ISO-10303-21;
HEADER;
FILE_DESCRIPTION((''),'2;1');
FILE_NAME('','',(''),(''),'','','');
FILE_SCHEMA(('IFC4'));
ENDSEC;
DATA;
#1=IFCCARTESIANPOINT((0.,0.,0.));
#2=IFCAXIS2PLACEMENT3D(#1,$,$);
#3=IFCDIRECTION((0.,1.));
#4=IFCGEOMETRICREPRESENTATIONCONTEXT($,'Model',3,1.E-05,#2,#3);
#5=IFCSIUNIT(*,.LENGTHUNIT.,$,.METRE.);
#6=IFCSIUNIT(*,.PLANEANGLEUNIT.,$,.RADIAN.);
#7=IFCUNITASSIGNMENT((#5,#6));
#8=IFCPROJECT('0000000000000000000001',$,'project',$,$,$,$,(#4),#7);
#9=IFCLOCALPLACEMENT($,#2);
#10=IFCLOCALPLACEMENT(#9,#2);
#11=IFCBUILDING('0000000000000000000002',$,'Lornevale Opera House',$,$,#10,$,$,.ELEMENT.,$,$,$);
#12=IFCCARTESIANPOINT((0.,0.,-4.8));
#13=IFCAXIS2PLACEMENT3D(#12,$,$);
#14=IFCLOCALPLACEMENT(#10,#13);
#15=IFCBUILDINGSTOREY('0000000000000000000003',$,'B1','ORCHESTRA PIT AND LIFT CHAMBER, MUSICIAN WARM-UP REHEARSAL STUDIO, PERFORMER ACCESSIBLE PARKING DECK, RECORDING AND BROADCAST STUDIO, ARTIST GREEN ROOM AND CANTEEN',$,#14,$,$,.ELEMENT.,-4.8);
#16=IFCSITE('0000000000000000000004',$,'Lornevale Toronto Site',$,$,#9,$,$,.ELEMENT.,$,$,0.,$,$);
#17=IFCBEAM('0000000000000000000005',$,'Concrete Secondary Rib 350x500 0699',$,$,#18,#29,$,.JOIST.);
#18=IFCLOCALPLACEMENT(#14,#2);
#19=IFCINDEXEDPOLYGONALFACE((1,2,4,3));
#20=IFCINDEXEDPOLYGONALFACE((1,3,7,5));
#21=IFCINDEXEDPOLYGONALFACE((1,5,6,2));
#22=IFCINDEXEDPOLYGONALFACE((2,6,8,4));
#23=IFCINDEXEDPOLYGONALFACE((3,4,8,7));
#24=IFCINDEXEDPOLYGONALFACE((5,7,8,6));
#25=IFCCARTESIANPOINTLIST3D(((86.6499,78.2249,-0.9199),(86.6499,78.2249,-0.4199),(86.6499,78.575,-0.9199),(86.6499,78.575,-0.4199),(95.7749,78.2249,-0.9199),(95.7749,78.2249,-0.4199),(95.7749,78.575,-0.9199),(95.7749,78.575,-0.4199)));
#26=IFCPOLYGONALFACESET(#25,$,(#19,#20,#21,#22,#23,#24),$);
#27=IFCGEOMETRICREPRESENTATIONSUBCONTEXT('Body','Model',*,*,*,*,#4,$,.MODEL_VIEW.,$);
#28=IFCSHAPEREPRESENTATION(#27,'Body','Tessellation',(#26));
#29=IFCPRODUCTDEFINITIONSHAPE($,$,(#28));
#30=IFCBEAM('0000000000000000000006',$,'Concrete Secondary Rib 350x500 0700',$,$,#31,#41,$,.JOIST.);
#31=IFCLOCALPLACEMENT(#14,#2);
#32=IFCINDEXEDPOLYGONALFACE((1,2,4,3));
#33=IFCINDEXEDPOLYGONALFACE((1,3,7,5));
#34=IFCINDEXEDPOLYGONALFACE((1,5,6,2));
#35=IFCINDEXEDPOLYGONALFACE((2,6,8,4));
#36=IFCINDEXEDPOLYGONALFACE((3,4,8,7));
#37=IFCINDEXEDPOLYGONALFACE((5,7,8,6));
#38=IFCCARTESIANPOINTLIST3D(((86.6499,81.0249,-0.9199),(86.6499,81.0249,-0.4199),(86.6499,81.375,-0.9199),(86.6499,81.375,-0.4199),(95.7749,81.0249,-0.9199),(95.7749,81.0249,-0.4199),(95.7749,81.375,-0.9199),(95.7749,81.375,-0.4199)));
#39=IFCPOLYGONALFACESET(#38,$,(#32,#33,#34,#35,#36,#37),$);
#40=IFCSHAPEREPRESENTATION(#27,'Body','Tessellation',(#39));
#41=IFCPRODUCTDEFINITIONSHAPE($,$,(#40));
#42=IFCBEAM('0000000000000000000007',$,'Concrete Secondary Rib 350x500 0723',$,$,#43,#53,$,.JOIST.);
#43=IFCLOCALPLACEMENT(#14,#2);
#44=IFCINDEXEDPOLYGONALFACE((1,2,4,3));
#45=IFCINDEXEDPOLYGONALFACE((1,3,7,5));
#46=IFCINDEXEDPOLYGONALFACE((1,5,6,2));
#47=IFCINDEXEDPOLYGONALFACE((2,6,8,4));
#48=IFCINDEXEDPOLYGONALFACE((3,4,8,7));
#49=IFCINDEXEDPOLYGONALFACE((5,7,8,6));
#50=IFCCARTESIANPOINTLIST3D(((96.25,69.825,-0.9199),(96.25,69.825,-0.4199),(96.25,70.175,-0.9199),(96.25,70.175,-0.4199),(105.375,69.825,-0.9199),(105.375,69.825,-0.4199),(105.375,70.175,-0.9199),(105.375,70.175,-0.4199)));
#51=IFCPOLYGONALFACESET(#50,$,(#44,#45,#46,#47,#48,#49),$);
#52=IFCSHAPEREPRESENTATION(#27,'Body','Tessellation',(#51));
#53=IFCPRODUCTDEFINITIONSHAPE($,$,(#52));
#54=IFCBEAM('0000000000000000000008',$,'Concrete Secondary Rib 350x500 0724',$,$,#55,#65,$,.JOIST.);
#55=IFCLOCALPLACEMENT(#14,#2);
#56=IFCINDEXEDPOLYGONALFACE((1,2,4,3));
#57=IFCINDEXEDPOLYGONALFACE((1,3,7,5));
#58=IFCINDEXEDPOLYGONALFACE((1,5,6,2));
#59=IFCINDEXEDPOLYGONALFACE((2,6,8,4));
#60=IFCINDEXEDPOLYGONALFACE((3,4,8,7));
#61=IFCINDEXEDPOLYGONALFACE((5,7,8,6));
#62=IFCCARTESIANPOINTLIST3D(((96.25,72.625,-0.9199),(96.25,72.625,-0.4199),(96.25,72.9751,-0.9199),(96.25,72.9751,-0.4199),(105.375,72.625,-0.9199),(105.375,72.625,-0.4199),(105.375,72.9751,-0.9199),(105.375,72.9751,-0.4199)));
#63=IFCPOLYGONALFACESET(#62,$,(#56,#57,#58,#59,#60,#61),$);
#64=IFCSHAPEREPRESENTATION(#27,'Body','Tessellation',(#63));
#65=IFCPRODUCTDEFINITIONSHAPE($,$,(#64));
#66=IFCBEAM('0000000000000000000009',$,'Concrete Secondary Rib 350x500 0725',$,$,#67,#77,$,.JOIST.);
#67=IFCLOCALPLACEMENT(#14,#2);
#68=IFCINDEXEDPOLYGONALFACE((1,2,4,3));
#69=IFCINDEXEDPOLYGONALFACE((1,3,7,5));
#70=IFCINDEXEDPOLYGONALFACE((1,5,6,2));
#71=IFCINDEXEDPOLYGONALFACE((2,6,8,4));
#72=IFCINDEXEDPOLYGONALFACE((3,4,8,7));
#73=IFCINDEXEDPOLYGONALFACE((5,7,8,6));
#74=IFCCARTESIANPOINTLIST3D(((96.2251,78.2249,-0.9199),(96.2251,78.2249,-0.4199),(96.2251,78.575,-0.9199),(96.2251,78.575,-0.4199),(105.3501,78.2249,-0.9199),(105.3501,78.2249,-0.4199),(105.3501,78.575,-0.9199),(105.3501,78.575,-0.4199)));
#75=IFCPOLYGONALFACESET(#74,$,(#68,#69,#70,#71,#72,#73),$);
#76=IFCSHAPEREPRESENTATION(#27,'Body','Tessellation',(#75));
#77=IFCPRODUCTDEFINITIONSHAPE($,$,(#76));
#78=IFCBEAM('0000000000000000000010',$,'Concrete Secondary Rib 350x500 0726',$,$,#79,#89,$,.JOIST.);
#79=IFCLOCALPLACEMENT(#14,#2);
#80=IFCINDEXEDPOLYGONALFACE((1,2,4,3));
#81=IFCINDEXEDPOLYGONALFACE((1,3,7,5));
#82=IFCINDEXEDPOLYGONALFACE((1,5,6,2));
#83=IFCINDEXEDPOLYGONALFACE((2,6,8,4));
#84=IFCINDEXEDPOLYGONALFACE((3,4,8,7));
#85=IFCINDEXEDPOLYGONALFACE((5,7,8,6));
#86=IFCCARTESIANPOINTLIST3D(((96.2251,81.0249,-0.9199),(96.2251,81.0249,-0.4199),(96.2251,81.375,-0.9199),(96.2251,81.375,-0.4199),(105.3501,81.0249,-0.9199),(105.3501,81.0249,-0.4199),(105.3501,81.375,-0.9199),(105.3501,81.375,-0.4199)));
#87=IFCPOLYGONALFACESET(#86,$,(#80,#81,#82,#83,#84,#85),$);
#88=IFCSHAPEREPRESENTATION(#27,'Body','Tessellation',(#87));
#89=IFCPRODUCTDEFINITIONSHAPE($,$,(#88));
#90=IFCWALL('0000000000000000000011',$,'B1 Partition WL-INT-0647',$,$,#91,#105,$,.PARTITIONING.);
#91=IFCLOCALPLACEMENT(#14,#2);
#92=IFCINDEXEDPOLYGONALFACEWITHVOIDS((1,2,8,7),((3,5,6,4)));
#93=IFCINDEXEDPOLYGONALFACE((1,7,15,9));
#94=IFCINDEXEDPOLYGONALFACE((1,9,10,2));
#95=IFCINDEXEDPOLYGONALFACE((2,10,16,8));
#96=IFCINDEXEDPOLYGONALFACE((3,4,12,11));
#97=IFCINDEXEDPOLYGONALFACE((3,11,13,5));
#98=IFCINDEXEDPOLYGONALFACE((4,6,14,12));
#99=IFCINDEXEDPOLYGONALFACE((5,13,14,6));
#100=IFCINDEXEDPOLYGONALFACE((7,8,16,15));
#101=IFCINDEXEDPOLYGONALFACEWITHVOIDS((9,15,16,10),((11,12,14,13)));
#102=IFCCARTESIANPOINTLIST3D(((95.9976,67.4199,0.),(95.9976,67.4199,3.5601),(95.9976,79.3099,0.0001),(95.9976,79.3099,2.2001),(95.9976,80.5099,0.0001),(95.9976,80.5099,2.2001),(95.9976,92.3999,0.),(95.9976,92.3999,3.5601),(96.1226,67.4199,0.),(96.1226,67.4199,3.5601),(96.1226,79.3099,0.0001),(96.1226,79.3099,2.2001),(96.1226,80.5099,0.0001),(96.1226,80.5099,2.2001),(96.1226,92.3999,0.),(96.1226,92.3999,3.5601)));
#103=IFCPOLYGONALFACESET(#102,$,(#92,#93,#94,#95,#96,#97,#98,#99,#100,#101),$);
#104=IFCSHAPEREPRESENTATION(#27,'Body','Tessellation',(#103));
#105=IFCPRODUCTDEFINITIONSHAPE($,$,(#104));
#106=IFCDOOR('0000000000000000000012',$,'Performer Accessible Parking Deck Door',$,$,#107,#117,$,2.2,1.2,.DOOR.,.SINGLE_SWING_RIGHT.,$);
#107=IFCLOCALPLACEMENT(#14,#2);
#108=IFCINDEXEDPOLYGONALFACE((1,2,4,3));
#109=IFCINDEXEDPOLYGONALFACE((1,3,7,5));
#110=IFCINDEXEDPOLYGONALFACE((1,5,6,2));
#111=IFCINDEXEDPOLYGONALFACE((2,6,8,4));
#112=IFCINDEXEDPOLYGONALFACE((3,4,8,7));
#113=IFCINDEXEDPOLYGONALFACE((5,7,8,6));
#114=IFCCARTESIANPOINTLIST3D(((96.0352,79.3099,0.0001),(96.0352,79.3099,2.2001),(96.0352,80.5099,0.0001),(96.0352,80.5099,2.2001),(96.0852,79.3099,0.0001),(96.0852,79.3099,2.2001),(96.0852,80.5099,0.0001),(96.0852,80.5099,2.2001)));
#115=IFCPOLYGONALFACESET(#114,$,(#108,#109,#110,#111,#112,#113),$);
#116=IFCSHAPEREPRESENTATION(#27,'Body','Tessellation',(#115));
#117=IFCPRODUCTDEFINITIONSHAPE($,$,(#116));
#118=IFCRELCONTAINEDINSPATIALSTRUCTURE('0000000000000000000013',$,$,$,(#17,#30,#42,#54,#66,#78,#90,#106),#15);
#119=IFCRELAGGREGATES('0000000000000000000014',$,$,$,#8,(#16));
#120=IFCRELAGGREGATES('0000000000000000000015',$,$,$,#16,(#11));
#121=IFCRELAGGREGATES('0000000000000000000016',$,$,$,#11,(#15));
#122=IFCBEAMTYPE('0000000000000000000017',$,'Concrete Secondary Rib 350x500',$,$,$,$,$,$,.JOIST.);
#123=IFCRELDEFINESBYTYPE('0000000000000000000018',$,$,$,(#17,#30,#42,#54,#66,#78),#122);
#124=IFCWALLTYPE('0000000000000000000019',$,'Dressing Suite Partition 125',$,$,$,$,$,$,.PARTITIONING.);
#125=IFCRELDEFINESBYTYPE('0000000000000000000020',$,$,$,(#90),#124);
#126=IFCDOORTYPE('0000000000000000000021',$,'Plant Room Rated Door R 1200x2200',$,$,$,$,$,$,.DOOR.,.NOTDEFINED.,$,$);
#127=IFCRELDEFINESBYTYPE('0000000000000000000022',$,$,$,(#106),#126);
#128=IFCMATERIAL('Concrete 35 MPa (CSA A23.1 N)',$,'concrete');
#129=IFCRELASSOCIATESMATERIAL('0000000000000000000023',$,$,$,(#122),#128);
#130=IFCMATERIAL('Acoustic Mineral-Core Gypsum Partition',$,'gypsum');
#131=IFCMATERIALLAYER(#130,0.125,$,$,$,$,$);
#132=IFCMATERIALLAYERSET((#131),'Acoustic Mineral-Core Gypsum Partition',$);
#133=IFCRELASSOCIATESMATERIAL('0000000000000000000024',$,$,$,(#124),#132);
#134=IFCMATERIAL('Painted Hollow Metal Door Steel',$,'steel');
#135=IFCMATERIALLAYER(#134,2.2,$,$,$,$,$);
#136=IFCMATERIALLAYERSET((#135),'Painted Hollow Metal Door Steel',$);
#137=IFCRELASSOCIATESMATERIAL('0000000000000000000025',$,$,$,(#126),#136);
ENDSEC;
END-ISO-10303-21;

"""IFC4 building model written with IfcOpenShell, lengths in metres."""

from ifc_helpers import new_model, si_unit, direction, frame, frame_2d, origin, origin_2d, place, context, subcontext, project, spatial, rectangle, extrude, material, layer, layer_set, material_profile, profile_set, type_object, element, fill, save


model = new_model("IFC4")

# Units and contexts
model_context = context("Model", 3, precision=1e-05, world=origin(), true_north=direction((0.0, 1.0)))
body_context = subcontext(model_context, "Body", "Model", "MODEL_VIEW")
ifc_project = project(units=[si_unit("LENGTHUNIT", "METRE"), si_unit("PLANEANGLEUNIT", "RADIAN")], contexts=[model_context])

# Site, building, storey
site_placement = place(None, origin())
site = spatial("IfcSite", under=ifc_project, at=site_placement, Name="Lornevale Toronto Site", CompositionType="ELEMENT", RefElevation=0.0)
building_placement = place(site_placement, origin())
building = spatial("IfcBuilding", under=site, at=building_placement, Name="Lornevale Opera House", CompositionType="ELEMENT")
storey_placement = place(building_placement, frame((0.0, 0.0, -4.8)))
storey = spatial("IfcBuildingStorey", under=building, at=storey_placement, Name="B1", Description="ORCHESTRA PIT AND LIFT CHAMBER, MUSICIAN WARM-UP REHEARSAL STUDIO, PERFORMER ACCESSIBLE PARKING DECK, RECORDING AND BROADCAST STUDIO, ARTIST GREEN ROOM AND CANTEEN", CompositionType="ELEMENT", Elevation=-4.8)

# Beams
ifc_material_1 = material(Name="Concrete 35 MPa (CSA A23.1 N)", Category="concrete")
ifc_material_profile_1 = material_profile(ifc_material_1, rectangle(XDim=0.3501, YDim=0.5, at=origin_2d()), Name="RC350x500")
ifc_profile_set_1 = profile_set([ifc_material_profile_1], Name="Concrete 35 MPa (CSA A23.1 N)")
beam_type_1 = type_object("IfcBeamType", Name="Concrete Secondary Rib 350x500", PredefinedType="JOIST", material=ifc_profile_set_1)
for number, where, z_axis, x_axis, name in (
    (1, (86.6499, 78.3999, -0.6699), (1.0, 0.0, 0.0), (0.0, 1.0, 0.0), "Concrete Secondary Rib 350x500 0699"),
    (2, (86.6499, 81.2, -0.6699), (1.0, 0.0, 0.0), (0.0, 1.0, 0.0), "Concrete Secondary Rib 350x500 0700"),
    (3, (96.25, 70.0, -0.6699), (1.0, 0.0, 0.0), (0.0, 1.0, 0.0), "Concrete Secondary Rib 350x500 0723"),
    (4, (96.25, 72.8, -0.6699), (1.0, 0.0, 0.0), (0.0, 1.0, 0.0), "Concrete Secondary Rib 350x500 0724"),
    (5, (96.2251, 78.3999, -0.6699), (1.0, 0.0, 0.0), (0.0, 1.0, 0.0), "Concrete Secondary Rib 350x500 0725"),
    (6, (96.2251, 81.2, -0.6699), (1.0, 0.0, 0.0), (0.0, 1.0, 0.0), "Concrete Secondary Rib 350x500 0726"),
):
    element("IfcBeam", number, at=place(storey_placement, frame(where, z_axis=z_axis, x_axis=x_axis)), inside=storey, type_object=beam_type_1, Name=name, PredefinedType="JOIST", context=body_context, shape_type="SweptSolid", body=[
        extrude(rectangle(XDim=0.3501, YDim=0.5, at=origin_2d()), origin(), (0.0, 0.0, 1.0), 9.125),
    ])

# Wall, opening, door
ifc_material_2 = material(Name="Acoustic Mineral-Core Gypsum Partition", Category="gypsum")
ifc_layer_1 = layer(ifc_material_2, 0.125)
ifc_layer_set_1 = layer_set([ifc_layer_1], Name="Acoustic Mineral-Core Gypsum Partition")
wall_type = type_object("IfcWallType", Name="Dressing Suite Partition 125", PredefinedType="PARTITIONING", material=ifc_layer_set_1)
wall_placement = place(storey_placement, frame((96.0601, 67.4199, 0.0), z_axis=(0.0, 0.0, 1.0), x_axis=(0.0, 1.0, 0.0)))
wall = element("IfcWall", 7, at=wall_placement, inside=storey, type_object=wall_type, Name="B1 Partition WL-INT-0647", PredefinedType="PARTITIONING", context=body_context, shape_type="SweptSolid", body=[
    extrude(rectangle(XDim=24.98, YDim=0.125, at=frame_2d((12.49, 0.0))), origin(), (0.0, 0.0, 1.0), 3.5601),
])
opening_placement = place(wall_placement, frame((11.8899, 0.0, 0.0)))
opening = element("IfcOpeningElement", 8, at=opening_placement, cuts=wall, PredefinedType="OPENING", context=body_context, shape_type="SweptSolid", body=[
    extrude(rectangle(XDim=1.2, YDim=2.2, at=frame_2d((0.6001, 1.1001))), frame((0.0, 0.0725, 0.0), z_axis=(0.0, -1.0, 0.0), x_axis=(1.0, 0.0, 0.0)), (0.0, 0.0, 1.0), 0.145),
])
ifc_material_3 = material(Name="Painted Hollow Metal Door Steel", Category="steel")
ifc_layer_2 = layer(ifc_material_3, 2.2)
ifc_layer_set_2 = layer_set([ifc_layer_2], Name="Painted Hollow Metal Door Steel")
door_type = type_object("IfcDoorType", Name="Plant Room Rated Door R 1200x2200", OperationType="NOTDEFINED", PredefinedType="DOOR", material=ifc_layer_set_2)
door_placement = place(opening_placement, origin())
door = element("IfcDoor", 9, at=door_placement, inside=storey, type_object=door_type, Name="Performer Accessible Parking Deck Door", OperationType="SINGLE_SWING_RIGHT", OverallHeight=2.2, OverallWidth=1.2, PredefinedType="DOOR", context=body_context, shape_type="SweptSolid", body=[
    extrude(rectangle(XDim=1.2, YDim=2.2, at=frame_2d((0.6001, 1.1001))), frame((0.0, 0.0249, 0.0), z_axis=(0.0, -1.0, 0.0), x_axis=(1.0, 0.0, 0.0)), (0.0, 0.0, 1.0), 0.05),
])
fill(opening, door)

save(model, "model.ifc")
